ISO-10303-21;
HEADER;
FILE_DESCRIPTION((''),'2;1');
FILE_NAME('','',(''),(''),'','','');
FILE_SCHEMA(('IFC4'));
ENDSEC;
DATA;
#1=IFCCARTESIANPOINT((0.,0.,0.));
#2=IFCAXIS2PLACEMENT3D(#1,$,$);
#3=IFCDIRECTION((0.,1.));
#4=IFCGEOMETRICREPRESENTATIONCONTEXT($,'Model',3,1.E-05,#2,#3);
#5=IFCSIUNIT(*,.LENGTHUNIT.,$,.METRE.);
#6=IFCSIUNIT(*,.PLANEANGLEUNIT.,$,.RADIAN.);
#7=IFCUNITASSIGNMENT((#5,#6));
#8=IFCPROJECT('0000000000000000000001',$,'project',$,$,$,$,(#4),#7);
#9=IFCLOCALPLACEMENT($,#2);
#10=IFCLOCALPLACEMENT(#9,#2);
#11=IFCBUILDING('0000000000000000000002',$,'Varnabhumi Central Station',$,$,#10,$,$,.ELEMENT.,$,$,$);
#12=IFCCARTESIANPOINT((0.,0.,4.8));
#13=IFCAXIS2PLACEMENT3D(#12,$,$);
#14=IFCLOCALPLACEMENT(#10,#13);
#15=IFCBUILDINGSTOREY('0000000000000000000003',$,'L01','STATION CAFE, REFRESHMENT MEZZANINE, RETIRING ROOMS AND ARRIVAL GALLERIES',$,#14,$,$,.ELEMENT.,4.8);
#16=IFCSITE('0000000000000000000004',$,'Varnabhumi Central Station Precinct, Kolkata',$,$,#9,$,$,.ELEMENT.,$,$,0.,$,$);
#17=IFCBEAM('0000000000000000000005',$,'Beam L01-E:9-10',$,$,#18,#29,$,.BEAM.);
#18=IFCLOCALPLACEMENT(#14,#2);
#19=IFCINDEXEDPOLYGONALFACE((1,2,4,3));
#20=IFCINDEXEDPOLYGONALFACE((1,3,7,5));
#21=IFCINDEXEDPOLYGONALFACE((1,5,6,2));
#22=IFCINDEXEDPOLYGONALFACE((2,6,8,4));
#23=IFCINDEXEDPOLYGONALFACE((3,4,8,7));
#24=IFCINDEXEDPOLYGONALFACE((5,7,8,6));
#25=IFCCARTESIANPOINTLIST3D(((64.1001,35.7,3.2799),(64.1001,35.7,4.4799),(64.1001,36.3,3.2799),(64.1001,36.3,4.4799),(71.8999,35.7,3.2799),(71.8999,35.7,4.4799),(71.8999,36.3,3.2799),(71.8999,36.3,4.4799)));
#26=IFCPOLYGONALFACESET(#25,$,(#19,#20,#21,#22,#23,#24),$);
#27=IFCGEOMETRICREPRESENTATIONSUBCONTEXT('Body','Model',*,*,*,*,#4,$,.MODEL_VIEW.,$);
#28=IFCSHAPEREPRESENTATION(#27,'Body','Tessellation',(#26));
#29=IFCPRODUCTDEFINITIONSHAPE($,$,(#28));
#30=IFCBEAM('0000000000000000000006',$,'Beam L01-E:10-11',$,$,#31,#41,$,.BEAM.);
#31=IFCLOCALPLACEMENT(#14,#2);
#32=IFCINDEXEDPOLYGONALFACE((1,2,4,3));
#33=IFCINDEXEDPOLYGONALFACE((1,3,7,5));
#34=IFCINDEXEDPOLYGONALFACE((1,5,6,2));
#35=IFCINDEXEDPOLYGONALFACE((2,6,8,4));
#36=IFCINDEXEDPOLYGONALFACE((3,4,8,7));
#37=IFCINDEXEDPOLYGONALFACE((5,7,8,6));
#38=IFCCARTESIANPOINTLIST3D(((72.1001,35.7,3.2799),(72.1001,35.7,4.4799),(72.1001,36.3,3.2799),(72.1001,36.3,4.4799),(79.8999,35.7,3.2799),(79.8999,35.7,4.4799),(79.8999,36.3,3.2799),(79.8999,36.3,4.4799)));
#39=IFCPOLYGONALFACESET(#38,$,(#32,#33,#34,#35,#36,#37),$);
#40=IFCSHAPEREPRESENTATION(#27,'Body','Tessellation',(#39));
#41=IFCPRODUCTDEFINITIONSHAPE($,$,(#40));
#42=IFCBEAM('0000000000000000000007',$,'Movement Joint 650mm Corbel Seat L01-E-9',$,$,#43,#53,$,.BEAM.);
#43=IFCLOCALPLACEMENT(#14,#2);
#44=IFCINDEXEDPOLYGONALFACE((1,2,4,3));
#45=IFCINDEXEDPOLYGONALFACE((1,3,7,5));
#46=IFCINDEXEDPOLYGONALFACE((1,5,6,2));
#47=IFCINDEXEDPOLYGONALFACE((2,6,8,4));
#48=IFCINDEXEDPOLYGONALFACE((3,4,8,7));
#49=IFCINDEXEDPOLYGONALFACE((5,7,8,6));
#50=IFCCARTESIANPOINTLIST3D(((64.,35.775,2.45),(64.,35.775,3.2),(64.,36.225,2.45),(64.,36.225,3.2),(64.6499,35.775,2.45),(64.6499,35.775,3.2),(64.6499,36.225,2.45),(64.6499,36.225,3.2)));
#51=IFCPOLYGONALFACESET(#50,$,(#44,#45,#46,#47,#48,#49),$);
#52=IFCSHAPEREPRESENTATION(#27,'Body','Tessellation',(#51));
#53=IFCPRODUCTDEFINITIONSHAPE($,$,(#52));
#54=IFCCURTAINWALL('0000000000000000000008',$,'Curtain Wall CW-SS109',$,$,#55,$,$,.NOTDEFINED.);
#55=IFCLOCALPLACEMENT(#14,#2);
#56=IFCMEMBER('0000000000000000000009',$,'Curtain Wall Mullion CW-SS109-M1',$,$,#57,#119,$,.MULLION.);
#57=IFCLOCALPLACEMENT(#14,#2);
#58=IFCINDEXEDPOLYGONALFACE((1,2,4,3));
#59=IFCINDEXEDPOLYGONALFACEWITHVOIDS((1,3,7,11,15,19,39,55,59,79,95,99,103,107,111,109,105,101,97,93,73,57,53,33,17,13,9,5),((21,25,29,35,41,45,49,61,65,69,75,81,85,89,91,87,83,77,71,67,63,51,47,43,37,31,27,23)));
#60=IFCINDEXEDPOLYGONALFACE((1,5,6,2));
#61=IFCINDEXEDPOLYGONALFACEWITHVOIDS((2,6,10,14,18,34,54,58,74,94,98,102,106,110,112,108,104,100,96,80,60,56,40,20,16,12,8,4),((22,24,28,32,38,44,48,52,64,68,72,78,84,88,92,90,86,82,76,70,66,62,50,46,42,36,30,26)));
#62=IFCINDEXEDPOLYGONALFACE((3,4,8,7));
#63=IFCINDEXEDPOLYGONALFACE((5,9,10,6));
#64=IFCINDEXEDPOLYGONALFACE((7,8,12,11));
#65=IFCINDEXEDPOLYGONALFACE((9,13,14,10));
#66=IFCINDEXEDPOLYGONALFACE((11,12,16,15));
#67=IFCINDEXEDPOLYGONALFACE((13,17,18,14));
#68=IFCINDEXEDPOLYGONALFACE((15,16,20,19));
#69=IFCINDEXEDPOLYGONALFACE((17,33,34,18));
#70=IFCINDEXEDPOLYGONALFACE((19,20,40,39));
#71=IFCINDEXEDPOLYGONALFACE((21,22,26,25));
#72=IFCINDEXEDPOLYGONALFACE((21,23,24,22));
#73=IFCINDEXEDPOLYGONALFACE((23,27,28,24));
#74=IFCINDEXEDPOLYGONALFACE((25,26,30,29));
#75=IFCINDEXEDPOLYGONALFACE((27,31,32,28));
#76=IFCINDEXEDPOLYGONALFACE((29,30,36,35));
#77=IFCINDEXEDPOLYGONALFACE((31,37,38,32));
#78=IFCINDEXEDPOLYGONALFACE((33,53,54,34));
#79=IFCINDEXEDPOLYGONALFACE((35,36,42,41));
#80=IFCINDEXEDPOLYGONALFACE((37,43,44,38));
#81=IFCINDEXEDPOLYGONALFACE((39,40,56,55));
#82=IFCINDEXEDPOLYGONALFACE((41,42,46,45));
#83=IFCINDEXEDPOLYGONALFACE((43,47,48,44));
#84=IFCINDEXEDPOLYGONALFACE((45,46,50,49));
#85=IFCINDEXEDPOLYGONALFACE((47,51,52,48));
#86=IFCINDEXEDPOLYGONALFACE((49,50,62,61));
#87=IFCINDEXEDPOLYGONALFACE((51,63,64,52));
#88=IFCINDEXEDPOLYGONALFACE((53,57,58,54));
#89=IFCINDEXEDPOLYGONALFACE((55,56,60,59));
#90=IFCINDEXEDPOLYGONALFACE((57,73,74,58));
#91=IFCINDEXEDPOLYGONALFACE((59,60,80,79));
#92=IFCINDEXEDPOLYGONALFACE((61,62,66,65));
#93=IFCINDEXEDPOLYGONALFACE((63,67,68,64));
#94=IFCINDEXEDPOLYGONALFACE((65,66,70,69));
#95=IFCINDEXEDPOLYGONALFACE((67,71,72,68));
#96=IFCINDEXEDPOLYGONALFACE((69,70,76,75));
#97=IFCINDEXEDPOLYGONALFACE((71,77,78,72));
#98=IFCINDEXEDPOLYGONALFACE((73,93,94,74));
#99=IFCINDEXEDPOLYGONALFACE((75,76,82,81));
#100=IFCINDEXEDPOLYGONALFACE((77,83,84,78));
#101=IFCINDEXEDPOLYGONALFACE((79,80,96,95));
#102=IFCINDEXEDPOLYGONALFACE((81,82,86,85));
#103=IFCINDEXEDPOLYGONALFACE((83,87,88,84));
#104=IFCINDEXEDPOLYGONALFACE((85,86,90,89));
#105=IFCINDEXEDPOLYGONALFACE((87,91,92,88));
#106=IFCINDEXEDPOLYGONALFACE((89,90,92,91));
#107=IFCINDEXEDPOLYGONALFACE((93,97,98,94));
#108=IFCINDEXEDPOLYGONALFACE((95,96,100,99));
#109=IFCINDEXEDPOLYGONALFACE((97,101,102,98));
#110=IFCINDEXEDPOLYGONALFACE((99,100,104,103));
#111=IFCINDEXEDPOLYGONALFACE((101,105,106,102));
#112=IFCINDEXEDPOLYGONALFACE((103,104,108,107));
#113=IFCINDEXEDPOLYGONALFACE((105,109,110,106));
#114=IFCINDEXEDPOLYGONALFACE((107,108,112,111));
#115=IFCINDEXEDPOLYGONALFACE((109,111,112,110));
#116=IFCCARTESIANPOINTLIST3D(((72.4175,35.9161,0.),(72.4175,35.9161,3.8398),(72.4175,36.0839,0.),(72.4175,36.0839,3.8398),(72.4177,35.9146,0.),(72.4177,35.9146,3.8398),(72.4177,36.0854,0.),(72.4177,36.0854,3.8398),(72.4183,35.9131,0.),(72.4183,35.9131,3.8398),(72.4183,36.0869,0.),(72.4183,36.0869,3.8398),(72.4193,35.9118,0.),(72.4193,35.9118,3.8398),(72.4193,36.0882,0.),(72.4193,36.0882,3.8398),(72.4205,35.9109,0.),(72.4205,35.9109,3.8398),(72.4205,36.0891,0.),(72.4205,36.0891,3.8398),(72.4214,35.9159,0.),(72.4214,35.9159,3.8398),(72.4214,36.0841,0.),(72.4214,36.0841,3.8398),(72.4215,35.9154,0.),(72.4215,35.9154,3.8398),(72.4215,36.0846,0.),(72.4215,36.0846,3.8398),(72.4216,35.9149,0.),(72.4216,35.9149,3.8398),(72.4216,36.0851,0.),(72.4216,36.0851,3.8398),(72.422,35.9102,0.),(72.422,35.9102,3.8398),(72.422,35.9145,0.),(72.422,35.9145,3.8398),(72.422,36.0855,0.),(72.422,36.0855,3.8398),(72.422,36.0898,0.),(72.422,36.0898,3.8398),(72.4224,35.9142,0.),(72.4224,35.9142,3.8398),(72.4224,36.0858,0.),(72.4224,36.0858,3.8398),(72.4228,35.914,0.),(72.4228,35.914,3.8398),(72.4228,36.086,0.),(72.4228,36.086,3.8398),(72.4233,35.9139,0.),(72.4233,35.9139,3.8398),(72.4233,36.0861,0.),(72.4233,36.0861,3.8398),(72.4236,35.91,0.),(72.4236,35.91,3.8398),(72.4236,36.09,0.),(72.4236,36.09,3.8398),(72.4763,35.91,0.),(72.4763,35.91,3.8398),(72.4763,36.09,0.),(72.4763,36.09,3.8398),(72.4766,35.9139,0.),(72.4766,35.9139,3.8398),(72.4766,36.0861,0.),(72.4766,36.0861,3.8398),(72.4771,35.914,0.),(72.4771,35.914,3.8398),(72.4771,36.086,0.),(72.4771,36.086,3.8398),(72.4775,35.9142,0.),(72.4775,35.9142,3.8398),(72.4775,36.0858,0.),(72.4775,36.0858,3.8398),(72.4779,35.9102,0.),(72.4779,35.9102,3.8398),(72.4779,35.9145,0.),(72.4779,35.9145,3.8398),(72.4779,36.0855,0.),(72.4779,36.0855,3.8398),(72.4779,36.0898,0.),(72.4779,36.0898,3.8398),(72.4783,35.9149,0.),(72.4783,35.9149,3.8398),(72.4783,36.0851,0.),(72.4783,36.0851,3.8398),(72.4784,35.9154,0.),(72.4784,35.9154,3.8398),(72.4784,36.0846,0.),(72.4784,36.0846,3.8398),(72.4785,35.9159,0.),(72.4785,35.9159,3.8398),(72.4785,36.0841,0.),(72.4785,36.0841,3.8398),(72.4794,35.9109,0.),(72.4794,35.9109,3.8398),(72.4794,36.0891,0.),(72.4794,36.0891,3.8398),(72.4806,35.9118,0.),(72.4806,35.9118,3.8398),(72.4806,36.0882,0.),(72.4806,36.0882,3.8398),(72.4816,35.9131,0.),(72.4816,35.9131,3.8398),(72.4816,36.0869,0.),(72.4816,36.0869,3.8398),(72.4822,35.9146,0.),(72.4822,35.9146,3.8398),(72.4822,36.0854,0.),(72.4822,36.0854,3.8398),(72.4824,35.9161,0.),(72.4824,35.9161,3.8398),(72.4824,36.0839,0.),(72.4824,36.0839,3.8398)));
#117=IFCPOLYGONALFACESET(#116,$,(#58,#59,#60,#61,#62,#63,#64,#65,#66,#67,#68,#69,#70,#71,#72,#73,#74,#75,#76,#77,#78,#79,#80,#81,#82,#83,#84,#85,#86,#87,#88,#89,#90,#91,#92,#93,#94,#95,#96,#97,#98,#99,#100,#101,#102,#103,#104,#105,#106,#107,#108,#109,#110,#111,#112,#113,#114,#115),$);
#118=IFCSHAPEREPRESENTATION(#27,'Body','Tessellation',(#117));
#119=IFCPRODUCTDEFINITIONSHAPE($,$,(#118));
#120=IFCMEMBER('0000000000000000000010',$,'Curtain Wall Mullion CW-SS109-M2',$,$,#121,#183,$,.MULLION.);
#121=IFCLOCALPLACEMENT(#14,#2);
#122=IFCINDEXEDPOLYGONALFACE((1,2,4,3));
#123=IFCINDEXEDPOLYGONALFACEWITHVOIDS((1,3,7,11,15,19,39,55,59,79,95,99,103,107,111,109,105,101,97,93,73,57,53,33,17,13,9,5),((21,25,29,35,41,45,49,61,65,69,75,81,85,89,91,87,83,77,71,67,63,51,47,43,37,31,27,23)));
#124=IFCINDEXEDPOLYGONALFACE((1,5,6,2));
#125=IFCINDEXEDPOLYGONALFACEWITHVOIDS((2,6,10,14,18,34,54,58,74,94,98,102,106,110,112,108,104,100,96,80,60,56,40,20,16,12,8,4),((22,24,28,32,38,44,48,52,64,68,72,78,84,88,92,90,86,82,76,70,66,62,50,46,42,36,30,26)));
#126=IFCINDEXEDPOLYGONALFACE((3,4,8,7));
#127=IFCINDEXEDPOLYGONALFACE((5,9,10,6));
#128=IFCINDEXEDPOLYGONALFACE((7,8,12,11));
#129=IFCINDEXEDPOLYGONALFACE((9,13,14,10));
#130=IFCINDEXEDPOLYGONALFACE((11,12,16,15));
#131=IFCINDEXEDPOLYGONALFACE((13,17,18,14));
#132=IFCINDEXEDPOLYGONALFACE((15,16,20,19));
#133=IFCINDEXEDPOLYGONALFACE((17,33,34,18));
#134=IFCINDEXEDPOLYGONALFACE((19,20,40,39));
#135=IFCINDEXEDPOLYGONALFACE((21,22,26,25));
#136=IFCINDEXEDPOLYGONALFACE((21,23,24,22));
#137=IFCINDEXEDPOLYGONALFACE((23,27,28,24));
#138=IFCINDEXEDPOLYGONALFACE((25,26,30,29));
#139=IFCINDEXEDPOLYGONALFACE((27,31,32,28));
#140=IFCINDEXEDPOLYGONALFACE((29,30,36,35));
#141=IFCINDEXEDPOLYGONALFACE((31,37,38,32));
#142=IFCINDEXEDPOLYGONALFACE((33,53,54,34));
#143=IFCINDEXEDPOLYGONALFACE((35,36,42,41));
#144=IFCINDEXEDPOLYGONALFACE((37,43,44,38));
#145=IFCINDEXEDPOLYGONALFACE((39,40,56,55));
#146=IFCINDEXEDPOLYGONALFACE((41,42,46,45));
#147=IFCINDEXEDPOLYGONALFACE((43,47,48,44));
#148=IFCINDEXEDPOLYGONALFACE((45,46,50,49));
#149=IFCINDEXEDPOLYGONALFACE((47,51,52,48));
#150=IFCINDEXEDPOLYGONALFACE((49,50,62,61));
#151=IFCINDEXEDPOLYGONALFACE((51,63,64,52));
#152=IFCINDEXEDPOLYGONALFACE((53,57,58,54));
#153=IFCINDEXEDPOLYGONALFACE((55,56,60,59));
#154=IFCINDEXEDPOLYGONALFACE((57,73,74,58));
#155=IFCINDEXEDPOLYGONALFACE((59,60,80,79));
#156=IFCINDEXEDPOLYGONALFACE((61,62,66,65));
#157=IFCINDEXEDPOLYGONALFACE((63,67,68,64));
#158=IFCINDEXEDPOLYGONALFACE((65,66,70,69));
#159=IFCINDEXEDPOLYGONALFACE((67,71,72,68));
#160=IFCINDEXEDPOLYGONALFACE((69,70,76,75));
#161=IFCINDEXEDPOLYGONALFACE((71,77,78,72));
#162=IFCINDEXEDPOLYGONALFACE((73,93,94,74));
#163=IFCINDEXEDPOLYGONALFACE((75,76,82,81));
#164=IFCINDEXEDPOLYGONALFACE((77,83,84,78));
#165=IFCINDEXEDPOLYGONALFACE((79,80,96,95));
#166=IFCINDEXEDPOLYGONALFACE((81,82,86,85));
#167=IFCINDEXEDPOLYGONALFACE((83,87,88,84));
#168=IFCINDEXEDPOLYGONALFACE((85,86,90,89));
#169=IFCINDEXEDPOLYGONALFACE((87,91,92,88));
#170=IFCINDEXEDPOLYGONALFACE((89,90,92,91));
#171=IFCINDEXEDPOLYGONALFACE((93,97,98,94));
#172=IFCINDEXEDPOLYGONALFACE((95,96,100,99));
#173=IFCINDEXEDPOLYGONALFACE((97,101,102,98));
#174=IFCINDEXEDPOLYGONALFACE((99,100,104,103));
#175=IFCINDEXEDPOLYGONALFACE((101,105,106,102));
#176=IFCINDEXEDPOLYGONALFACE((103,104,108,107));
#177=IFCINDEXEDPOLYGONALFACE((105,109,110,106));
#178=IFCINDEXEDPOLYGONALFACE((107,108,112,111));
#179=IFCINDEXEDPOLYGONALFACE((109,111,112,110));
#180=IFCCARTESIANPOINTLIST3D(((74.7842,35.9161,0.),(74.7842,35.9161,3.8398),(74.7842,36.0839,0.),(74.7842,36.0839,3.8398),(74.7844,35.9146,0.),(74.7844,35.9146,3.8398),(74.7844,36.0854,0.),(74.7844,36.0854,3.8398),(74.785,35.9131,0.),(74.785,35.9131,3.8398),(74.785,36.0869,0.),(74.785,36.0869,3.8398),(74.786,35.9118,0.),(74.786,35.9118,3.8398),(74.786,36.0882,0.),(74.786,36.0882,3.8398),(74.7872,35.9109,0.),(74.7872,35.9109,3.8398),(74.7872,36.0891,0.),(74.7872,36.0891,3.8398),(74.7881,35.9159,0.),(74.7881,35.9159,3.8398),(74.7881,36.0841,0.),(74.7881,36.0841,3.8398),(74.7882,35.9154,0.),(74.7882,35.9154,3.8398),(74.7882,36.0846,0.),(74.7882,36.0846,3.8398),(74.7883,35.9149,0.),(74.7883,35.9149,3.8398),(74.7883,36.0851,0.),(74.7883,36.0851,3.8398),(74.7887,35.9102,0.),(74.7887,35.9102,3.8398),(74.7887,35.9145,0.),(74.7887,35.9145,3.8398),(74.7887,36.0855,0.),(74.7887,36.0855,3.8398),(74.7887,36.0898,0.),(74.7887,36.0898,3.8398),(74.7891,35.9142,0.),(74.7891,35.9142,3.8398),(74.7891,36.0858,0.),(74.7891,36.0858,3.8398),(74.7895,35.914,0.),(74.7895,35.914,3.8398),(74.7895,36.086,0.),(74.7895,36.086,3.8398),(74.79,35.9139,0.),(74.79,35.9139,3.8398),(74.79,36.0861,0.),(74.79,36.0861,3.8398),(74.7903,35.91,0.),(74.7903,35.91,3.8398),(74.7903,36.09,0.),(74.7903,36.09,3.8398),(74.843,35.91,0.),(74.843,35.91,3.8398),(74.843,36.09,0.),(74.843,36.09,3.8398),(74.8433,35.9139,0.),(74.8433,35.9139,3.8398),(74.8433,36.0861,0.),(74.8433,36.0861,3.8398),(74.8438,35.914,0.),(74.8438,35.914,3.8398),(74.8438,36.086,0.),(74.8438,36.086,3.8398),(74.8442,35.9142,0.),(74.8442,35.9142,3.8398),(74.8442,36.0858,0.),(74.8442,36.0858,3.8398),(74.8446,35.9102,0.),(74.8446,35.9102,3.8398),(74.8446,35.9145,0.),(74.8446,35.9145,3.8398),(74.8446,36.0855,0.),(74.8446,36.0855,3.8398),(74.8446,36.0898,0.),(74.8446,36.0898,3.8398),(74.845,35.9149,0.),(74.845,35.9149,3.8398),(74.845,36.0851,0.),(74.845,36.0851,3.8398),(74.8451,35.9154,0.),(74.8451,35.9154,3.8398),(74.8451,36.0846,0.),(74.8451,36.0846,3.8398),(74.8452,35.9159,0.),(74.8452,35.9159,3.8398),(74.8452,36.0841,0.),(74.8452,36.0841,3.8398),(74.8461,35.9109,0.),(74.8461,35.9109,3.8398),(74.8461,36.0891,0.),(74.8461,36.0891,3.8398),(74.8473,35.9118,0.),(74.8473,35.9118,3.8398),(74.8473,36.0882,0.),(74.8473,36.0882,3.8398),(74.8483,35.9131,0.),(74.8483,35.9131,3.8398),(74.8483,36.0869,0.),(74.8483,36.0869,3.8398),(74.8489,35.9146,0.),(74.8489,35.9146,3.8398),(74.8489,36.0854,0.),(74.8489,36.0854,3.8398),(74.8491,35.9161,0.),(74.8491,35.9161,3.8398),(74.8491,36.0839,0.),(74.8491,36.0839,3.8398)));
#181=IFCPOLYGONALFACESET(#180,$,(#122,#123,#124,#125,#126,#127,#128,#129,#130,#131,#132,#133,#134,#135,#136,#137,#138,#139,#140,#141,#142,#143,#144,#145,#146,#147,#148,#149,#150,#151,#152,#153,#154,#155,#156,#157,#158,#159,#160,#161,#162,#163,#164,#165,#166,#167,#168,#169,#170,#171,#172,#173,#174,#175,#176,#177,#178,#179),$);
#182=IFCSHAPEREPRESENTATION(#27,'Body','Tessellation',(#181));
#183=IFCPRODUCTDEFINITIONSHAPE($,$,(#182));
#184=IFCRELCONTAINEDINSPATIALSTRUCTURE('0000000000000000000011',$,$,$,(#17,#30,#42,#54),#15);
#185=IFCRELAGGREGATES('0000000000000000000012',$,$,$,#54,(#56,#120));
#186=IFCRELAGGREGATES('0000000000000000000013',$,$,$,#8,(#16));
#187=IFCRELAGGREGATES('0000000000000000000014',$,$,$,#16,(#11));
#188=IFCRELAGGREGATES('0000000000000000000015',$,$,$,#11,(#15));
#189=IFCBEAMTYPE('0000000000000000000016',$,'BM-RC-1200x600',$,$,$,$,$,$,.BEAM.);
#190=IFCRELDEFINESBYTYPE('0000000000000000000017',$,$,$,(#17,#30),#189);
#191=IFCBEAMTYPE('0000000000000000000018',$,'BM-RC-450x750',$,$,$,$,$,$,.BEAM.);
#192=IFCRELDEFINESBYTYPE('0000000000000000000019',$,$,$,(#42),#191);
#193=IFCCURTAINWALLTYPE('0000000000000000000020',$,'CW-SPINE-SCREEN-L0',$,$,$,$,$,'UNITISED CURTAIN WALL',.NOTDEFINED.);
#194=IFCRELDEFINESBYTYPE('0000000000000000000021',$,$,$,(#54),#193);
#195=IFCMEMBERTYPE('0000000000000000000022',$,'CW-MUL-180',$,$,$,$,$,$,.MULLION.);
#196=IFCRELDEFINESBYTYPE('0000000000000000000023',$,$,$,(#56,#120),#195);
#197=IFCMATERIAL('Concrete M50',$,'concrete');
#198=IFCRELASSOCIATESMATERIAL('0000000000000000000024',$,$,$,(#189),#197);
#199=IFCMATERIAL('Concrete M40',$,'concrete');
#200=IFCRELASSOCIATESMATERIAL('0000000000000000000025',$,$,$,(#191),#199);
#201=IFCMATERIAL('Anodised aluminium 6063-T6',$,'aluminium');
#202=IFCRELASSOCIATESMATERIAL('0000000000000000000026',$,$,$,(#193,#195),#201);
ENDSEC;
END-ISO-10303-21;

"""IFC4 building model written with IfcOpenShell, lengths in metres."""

from ifc_helpers import new_model, si_unit, direction, frame, origin, origin_2d, place, context, subcontext, project, spatial, rectangle, hollow_rectangle, extrude, material, material_profile, profile_set, type_object, element, aggregate, save


model = new_model("IFC4")

# Units and contexts
model_context = context("Model", 3, precision=1e-05, world=origin(), true_north=direction((0.0, 1.0)))
body_context = subcontext(model_context, "Body", "Model", "MODEL_VIEW")
ifc_project = project(units=[si_unit("LENGTHUNIT", "METRE"), si_unit("PLANEANGLEUNIT", "RADIAN")], contexts=[model_context])

# Site, building, storey
site_placement = place(None, origin())
site = spatial("IfcSite", under=ifc_project, at=site_placement, Name="Varnabhumi Central Station Precinct, Kolkata", CompositionType="ELEMENT", RefElevation=0.0)
building_placement = place(site_placement, origin())
building = spatial("IfcBuilding", under=site, at=building_placement, Name="Varnabhumi Central Station", CompositionType="ELEMENT")
storey_placement = place(building_placement, frame((0.0, 0.0, 4.8)))
storey = spatial("IfcBuildingStorey", under=building, at=storey_placement, Name="L01", Description="STATION CAFE, REFRESHMENT MEZZANINE, RETIRING ROOMS AND ARRIVAL GALLERIES", CompositionType="ELEMENT", Elevation=4.8)

# Shared definitions
ifc_material_1 = material(Name="Concrete M50", Category="concrete")

# Beams
ifc_material_profile_1 = material_profile(ifc_material_1, rectangle(XDim=0.6001, YDim=1.2, at=origin_2d()), Name="Concrete M50", Category="concrete")
ifc_profile_set_1 = profile_set([ifc_material_profile_1], Name="Concrete M50")
beam_type_1 = type_object("IfcBeamType", Name="BM-RC-1200x600", PredefinedType="BEAM", material=ifc_profile_set_1)
for number, where, z_axis, x_axis, name in (
    (1, (64.1001, 36.0, 3.8799), (1.0, 0.0, 0.0), (0.0, 1.0, 0.0), "Beam L01-E:9-10"),
    (2, (72.1001, 36.0, 3.8799), (1.0, 0.0, 0.0), (0.0, 1.0, 0.0), "Beam L01-E:10-11"),
):
    element("IfcBeam", number, at=place(storey_placement, frame(where, z_axis=z_axis, x_axis=x_axis)), inside=storey, type_object=beam_type_1, Name=name, PredefinedType="BEAM", context=body_context, shape_type="SweptSolid", body=[
        extrude(rectangle(XDim=0.6001, YDim=1.2, at=origin_2d()), origin(), (0.0, 0.0, 1.0), 7.7998),
    ])
ifc_material_2 = material(Name="Concrete M40", Category="concrete")
ifc_material_profile_2 = material_profile(ifc_material_2, rectangle(XDim=0.45, YDim=0.75, at=origin_2d()), Name="Concrete M40", Category="concrete")
ifc_profile_set_2 = profile_set([ifc_material_profile_2], Name="Concrete M40")
beam_type_2 = type_object("IfcBeamType", Name="BM-RC-450x750", PredefinedType="BEAM", material=ifc_profile_set_2)
beam_1_placement = place(storey_placement, frame((64.0, 36.0, 2.825), z_axis=(1.0, 0.0, 0.0), x_axis=(0.0, 1.0, 0.0)))
element("IfcBeam", 3, at=beam_1_placement, inside=storey, type_object=beam_type_2, Name="Movement Joint 650mm Corbel Seat L01-E-9", PredefinedType="BEAM", context=body_context, shape_type="SweptSolid", body=[
    extrude(rectangle(XDim=0.45, YDim=0.75, at=origin_2d()), origin(), (0.0, 0.0, 1.0), 0.6499),
])

# Curtain wall, members
ifc_material_3 = material(Name="Anodised aluminium 6063-T6", Category="aluminium")
curtain_wall_type = type_object("IfcCurtainWallType", Name="CW-SPINE-SCREEN-L0", ElementType="UNITISED CURTAIN WALL", PredefinedType="NOTDEFINED", material=ifc_material_3)
curtain_wall_placement = place(storey_placement, origin())
curtain_wall = element("IfcCurtainWall", 4, at=curtain_wall_placement, inside=storey, type_object=curtain_wall_type, Name="Curtain Wall CW-SS109", PredefinedType="NOTDEFINED")
ifc_material_profile_3 = material_profile(ifc_material_3, hollow_rectangle(XDim=0.0649, YDim=0.1799, WallThickness=0.0039, InnerFilletRadius=0.002, OuterFilletRadius=0.0061, at=origin_2d()), Name="Anodised aluminium 6063-T6", Category="aluminium")
ifc_profile_set_3 = profile_set([ifc_material_profile_3], Name="Anodised aluminium 6063-T6")
member_type_1 = type_object("IfcMemberType", Name="CW-MUL-180", PredefinedType="MULLION", material=ifc_profile_set_3)
member_1_placement = place(storey_placement, frame((72.45, 36.0, 0.0), z_axis=(0.0, 0.0, 1.0), x_axis=(1.0, 0.0, 0.0)))
member_1 = element("IfcMember", 5, at=member_1_placement, type_object=member_type_1, Name="Curtain Wall Mullion CW-SS109-M1", PredefinedType="MULLION", context=body_context, shape_type="SweptSolid", body=[
    extrude(hollow_rectangle(XDim=0.0649, YDim=0.1799, WallThickness=0.0039, InnerFilletRadius=0.002, OuterFilletRadius=0.0061, at=origin_2d()), origin(), (0.0, 0.0, 1.0), 3.8398),
])
member_2_placement = place(storey_placement, frame((74.8167, 36.0, 0.0), z_axis=(0.0, 0.0, 1.0), x_axis=(1.0, 0.0, 0.0)))
member_2 = element("IfcMember", 6, at=member_2_placement, type_object=member_type_1, Name="Curtain Wall Mullion CW-SS109-M2", PredefinedType="MULLION", context=body_context, shape_type="SweptSolid", body=[
    extrude(hollow_rectangle(XDim=0.0649, YDim=0.1799, WallThickness=0.0039, InnerFilletRadius=0.002, OuterFilletRadius=0.0061, at=origin_2d()), origin(), (0.0, 0.0, 1.0), 3.8398),
])
aggregate(curtain_wall, [member_1, member_2])

save(model, "model.ifc")
